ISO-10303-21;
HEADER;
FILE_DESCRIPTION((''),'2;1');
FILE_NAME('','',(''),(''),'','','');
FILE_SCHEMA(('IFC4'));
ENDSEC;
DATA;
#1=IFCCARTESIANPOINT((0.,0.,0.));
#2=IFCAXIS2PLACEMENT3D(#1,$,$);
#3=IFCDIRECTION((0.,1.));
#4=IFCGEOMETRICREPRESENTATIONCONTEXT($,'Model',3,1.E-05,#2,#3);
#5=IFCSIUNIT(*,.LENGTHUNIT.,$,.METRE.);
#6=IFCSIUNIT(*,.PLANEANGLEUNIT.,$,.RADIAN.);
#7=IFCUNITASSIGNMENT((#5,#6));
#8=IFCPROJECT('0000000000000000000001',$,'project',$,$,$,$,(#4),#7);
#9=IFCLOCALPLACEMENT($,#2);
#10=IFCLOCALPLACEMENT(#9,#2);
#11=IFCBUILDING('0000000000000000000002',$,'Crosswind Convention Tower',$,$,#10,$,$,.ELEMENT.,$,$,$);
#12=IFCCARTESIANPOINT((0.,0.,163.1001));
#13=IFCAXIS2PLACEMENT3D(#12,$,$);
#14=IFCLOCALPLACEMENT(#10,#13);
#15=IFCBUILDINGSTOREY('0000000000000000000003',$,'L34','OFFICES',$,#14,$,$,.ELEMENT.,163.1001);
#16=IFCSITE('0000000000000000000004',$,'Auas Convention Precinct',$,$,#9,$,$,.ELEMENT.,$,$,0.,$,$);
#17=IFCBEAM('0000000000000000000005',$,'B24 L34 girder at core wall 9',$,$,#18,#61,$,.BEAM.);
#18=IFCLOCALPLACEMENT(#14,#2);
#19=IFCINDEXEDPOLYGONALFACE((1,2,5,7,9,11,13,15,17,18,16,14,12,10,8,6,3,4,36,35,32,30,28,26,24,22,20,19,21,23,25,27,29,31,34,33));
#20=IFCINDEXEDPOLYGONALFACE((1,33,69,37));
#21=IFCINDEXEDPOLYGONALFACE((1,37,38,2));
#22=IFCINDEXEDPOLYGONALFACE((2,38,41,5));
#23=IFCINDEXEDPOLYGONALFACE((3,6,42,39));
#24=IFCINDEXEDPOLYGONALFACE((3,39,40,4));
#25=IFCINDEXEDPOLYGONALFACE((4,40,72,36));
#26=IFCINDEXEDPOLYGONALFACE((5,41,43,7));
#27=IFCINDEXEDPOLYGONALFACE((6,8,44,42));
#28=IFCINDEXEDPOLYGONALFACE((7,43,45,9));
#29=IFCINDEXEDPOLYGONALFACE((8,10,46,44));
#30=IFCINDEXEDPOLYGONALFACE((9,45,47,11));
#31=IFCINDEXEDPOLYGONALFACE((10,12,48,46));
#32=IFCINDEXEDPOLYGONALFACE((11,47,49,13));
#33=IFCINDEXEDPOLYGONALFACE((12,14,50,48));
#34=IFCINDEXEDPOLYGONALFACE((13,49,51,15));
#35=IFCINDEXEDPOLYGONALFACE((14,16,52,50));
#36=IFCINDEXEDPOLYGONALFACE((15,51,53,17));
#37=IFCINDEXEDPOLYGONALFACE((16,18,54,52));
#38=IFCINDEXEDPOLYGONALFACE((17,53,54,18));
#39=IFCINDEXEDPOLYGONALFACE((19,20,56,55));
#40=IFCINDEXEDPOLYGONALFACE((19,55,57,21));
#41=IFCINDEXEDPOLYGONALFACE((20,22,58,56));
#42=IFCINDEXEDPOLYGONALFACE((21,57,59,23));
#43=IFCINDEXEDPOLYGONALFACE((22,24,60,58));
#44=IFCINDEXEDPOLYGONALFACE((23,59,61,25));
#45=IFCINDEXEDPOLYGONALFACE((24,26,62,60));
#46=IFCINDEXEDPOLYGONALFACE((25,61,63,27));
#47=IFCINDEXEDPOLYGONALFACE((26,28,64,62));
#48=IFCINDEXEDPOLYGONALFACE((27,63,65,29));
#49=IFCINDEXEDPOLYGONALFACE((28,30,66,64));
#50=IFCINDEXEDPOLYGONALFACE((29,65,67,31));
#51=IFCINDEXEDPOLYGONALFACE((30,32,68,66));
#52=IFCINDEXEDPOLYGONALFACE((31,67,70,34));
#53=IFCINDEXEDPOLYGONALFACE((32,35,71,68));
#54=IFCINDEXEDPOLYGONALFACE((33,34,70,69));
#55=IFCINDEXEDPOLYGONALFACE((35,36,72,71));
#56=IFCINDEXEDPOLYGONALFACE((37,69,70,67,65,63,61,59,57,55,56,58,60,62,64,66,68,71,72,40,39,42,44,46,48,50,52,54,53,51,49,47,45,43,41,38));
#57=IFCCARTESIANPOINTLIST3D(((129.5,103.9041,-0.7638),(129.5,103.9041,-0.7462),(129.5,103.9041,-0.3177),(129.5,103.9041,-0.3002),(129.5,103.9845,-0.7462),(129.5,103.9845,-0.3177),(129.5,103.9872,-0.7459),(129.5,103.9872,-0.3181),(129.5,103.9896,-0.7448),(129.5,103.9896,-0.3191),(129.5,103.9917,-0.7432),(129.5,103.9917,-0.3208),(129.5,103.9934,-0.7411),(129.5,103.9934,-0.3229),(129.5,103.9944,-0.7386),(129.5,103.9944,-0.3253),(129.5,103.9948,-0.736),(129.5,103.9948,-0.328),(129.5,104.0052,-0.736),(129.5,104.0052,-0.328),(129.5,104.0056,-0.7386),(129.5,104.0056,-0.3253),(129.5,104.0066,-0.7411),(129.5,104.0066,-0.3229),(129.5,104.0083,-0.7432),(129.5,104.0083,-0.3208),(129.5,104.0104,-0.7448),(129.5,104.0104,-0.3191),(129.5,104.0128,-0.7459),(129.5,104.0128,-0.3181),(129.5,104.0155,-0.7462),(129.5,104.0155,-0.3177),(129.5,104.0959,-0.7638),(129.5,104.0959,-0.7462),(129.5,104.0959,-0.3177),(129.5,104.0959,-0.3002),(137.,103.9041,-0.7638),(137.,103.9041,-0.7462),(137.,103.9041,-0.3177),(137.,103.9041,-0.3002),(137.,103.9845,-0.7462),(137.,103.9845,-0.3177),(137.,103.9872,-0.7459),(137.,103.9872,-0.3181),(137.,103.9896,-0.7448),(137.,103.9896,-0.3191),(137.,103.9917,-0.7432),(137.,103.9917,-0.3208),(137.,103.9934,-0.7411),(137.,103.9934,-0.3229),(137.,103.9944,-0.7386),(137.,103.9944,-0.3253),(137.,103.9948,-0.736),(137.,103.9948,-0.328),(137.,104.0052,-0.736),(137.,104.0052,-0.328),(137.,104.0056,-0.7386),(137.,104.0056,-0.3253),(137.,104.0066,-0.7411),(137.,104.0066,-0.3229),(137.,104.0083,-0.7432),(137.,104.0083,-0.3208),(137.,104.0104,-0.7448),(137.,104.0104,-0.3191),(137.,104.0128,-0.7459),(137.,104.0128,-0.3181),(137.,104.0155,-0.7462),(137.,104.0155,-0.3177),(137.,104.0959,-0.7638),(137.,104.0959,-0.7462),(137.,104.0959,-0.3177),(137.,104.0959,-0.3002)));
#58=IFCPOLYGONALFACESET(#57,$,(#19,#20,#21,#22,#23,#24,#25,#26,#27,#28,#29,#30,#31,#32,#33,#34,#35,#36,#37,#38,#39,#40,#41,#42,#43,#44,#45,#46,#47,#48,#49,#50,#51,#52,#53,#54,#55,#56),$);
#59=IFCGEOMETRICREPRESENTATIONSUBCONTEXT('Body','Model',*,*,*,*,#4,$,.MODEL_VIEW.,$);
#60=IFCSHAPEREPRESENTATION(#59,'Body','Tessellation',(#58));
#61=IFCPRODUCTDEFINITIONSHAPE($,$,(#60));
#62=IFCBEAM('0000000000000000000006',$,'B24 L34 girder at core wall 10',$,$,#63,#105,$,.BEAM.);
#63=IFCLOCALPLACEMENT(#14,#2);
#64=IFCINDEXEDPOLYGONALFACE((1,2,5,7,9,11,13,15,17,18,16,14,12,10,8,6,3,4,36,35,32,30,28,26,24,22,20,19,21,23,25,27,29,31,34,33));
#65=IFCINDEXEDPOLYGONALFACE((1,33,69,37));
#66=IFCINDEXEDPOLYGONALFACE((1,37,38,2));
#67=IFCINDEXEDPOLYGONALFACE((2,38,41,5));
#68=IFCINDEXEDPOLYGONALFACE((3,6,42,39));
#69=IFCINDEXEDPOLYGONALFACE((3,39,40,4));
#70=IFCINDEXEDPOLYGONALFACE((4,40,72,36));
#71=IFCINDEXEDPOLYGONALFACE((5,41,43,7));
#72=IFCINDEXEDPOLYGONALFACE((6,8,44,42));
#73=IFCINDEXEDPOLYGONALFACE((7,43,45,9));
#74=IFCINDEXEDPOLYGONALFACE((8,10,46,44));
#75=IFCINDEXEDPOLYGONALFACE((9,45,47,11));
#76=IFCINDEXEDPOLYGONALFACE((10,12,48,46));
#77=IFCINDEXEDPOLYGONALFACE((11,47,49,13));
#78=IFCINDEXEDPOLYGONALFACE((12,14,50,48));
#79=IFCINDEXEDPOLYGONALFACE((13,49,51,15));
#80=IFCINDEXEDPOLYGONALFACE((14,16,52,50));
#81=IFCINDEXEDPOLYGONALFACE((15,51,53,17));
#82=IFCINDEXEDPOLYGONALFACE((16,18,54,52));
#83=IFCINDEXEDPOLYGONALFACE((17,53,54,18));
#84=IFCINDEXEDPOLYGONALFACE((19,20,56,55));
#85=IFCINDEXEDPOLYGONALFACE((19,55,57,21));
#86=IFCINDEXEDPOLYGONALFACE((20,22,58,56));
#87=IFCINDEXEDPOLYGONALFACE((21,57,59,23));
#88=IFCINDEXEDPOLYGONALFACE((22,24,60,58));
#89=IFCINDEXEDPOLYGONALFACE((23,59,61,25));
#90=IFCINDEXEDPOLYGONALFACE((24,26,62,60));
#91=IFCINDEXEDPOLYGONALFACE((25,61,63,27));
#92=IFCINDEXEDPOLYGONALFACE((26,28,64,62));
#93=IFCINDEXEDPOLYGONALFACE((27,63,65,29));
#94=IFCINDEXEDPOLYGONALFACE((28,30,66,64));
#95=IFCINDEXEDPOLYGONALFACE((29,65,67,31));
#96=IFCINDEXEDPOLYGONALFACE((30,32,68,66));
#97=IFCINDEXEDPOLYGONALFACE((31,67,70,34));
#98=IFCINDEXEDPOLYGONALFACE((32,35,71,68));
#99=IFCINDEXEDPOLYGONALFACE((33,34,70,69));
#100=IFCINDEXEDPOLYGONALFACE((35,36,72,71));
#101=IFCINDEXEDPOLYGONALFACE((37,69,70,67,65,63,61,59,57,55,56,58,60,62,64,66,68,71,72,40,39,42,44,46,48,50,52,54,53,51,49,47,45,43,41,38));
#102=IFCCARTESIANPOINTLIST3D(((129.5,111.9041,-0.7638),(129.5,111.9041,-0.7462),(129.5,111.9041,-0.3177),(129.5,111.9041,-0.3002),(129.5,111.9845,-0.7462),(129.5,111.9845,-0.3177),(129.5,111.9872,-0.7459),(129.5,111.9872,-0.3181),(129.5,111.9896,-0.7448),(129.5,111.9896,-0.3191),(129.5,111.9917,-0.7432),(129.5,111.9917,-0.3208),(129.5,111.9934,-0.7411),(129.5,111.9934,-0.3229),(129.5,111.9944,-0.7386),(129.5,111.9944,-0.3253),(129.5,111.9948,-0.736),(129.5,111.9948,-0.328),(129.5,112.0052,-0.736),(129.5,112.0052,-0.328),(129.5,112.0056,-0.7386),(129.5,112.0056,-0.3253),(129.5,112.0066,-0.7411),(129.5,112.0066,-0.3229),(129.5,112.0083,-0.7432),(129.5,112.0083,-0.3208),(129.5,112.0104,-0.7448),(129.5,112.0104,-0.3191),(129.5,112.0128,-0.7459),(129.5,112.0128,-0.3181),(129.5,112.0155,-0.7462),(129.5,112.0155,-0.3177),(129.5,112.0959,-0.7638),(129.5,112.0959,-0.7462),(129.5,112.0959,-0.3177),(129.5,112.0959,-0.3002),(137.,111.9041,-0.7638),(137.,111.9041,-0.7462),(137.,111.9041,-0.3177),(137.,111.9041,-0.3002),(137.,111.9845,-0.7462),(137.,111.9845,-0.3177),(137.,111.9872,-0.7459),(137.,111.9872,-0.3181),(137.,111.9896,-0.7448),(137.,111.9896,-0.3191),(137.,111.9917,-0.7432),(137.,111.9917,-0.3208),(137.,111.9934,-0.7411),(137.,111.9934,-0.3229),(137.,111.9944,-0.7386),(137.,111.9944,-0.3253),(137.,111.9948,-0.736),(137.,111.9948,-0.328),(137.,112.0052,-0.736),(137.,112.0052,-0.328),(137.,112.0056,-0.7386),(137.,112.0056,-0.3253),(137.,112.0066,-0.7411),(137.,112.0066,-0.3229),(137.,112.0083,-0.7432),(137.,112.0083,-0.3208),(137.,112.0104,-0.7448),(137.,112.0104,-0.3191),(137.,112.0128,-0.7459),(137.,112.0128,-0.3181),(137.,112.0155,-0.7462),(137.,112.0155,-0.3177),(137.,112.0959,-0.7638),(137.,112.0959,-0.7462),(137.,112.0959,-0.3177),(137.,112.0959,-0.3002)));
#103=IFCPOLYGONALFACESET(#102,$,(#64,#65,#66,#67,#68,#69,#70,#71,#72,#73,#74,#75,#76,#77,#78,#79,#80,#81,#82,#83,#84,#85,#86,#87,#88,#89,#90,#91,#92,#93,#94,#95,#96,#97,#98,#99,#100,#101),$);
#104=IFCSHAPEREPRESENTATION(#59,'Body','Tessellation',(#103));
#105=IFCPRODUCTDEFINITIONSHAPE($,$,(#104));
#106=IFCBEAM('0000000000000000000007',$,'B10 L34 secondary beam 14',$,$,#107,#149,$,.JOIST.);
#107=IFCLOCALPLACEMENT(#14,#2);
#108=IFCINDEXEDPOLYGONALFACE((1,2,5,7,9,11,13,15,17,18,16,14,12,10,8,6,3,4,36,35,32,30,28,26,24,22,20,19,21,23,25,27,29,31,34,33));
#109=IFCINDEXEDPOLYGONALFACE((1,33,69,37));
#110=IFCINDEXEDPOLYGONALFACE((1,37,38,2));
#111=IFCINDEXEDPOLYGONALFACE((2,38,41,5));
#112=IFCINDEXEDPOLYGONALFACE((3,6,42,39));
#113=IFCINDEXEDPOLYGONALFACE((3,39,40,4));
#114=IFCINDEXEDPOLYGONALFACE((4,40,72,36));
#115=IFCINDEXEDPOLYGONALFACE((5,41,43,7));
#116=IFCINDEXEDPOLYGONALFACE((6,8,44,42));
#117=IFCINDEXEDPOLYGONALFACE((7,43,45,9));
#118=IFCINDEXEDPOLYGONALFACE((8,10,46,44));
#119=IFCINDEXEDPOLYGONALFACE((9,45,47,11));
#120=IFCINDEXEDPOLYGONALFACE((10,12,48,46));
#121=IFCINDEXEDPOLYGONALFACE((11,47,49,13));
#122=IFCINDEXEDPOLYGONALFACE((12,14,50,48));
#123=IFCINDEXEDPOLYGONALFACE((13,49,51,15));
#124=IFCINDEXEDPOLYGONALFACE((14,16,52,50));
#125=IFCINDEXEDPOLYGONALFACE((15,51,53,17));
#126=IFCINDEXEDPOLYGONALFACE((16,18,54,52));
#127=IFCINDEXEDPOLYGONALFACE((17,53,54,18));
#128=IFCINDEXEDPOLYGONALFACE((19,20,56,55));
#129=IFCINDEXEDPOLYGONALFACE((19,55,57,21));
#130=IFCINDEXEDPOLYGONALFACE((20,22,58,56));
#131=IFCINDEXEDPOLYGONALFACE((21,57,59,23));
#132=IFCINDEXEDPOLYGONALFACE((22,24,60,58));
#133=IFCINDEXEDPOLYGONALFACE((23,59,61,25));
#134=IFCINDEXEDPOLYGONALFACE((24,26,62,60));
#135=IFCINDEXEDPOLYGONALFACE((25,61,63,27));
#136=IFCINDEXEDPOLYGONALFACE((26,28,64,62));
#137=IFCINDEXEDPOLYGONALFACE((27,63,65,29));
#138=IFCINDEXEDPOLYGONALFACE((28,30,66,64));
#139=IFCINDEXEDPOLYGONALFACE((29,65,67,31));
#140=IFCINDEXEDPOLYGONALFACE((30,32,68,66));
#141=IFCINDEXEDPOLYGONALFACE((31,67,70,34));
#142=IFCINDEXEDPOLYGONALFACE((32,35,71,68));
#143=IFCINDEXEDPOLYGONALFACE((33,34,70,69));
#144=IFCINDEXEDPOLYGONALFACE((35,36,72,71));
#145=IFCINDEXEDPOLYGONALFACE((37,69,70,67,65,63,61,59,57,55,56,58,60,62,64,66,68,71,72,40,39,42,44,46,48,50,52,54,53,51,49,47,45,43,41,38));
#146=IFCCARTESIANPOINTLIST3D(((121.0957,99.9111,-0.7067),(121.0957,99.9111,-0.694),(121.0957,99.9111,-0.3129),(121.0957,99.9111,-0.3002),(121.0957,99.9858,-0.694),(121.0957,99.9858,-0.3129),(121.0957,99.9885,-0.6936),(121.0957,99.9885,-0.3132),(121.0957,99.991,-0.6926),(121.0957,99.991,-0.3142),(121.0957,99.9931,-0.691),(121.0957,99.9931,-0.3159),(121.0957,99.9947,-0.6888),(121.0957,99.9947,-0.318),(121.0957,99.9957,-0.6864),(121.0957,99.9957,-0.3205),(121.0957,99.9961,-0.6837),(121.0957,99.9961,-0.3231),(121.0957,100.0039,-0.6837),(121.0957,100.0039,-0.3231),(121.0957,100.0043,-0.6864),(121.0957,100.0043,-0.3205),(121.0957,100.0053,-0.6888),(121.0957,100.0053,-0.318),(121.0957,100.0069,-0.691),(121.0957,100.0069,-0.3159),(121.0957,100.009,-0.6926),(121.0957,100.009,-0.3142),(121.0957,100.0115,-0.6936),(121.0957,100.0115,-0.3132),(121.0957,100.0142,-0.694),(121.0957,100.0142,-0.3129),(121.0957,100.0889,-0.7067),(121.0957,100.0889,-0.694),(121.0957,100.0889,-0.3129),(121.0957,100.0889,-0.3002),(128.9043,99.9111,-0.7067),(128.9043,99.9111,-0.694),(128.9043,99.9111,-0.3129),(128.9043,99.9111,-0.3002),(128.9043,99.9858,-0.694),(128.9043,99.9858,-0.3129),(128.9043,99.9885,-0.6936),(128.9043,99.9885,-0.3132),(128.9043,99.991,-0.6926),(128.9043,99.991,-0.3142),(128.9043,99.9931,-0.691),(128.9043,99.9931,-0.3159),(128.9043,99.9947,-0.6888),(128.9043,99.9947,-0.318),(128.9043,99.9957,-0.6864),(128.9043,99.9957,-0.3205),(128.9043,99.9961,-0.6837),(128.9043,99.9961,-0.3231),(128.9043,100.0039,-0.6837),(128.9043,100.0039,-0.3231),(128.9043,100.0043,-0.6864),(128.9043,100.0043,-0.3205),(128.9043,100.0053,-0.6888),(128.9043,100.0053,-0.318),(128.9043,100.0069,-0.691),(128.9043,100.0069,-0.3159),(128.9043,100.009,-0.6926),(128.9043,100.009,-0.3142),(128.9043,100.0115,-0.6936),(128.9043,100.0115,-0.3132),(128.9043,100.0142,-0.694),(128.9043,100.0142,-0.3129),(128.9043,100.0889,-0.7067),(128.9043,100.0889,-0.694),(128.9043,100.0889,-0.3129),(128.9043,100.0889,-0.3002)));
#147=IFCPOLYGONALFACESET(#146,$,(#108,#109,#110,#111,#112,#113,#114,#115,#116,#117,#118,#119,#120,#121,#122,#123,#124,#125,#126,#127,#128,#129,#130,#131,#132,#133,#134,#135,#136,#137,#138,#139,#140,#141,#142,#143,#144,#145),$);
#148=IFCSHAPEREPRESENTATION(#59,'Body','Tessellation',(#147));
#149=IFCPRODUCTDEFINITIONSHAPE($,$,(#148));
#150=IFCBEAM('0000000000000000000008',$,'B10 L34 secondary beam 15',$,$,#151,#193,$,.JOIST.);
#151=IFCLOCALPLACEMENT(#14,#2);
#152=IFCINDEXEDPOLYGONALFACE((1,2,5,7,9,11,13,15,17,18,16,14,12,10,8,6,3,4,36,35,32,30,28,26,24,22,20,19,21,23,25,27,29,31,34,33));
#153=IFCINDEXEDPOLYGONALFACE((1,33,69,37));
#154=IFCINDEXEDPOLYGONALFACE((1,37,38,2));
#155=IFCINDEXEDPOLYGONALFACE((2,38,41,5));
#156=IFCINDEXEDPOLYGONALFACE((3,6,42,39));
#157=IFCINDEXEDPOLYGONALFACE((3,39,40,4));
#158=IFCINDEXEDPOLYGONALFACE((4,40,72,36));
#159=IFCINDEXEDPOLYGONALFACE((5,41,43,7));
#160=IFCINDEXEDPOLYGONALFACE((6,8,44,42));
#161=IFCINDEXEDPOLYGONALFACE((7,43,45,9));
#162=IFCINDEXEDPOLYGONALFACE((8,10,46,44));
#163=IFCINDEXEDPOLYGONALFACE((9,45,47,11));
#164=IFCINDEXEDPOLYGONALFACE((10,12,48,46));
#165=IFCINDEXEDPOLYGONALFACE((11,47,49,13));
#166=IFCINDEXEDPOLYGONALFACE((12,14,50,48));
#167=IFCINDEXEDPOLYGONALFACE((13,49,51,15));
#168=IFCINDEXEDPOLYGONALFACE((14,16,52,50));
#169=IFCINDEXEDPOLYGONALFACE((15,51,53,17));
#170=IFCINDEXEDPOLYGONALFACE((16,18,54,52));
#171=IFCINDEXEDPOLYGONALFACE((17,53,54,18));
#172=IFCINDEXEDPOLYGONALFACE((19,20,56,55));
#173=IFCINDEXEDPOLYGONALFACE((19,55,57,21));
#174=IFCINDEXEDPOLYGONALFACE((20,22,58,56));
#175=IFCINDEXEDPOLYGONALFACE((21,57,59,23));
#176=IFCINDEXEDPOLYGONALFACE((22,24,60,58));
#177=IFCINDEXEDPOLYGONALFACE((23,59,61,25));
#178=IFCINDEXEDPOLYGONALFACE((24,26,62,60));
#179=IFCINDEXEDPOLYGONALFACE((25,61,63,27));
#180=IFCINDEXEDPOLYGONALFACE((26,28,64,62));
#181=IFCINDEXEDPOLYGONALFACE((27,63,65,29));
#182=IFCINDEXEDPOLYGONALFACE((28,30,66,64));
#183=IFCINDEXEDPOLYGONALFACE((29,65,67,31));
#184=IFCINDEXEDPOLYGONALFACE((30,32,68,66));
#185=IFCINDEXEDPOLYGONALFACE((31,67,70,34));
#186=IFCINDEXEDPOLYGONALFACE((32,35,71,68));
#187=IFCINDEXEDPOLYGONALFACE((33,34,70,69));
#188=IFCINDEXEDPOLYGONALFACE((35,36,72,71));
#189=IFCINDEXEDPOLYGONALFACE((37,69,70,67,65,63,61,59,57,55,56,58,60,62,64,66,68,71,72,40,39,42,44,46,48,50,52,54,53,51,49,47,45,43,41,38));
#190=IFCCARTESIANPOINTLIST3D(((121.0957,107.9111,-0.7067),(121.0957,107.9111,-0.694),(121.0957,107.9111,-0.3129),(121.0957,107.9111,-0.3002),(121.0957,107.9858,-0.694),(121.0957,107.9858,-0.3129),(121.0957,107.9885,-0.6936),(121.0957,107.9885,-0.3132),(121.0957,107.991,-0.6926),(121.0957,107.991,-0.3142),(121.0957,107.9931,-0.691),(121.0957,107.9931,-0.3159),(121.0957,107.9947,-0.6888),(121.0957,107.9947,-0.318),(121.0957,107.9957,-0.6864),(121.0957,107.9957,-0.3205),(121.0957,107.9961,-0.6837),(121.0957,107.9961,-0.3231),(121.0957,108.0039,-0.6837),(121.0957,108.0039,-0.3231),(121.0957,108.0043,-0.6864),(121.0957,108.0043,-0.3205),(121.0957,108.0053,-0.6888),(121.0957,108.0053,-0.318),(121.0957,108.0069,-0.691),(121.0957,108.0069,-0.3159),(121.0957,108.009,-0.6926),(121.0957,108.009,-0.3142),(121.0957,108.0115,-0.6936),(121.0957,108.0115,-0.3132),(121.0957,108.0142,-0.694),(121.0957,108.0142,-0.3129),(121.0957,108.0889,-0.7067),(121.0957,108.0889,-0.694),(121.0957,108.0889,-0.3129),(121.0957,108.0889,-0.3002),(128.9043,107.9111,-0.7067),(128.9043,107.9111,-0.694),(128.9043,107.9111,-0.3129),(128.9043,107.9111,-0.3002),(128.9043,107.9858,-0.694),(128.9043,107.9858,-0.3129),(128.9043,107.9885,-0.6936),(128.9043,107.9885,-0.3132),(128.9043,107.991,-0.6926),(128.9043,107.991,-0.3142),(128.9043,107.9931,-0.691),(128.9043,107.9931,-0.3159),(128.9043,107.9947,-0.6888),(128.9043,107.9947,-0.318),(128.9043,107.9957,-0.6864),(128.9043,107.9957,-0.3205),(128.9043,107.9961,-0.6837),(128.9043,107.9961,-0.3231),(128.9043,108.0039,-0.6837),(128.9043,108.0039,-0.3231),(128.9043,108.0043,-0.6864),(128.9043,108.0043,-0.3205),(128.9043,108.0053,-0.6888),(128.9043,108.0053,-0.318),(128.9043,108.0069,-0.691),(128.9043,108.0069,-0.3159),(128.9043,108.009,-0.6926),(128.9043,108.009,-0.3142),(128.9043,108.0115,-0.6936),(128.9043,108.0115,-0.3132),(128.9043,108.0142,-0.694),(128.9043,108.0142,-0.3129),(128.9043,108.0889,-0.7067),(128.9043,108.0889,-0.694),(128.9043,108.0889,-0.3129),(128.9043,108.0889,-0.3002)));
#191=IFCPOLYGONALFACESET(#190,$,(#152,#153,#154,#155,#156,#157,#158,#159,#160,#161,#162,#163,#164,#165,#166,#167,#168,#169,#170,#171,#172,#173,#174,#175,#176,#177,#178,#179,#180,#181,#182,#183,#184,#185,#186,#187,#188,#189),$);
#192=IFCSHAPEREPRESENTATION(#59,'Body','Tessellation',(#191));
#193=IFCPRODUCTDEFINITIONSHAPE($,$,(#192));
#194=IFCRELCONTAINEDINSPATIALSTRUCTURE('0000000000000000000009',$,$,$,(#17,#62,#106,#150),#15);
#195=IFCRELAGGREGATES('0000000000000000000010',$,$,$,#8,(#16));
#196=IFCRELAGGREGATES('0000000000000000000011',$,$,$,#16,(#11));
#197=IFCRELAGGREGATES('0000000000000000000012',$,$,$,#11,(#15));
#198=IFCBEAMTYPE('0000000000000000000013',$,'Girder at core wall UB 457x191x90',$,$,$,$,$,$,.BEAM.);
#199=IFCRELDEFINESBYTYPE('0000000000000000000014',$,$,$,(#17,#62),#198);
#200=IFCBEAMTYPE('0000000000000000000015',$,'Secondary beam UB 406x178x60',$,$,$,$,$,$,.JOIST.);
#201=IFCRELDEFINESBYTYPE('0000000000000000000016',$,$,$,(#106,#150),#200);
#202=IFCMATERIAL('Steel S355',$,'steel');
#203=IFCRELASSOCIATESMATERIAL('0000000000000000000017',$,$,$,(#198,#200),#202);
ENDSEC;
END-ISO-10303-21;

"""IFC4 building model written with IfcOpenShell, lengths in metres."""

from ifc_helpers import new_model, si_unit, direction, frame, origin, origin_2d, place, context, subcontext, project, spatial, i_section, extrude, material, material_profile, profile_set, type_object, element, save


model = new_model("IFC4")

# Units and contexts
model_context = context("Model", 3, precision=1e-05, world=origin(), true_north=direction((0.0, 1.0)))
body_context = subcontext(model_context, "Body", "Model", "MODEL_VIEW")
ifc_project = project(units=[si_unit("LENGTHUNIT", "METRE"), si_unit("PLANEANGLEUNIT", "RADIAN")], contexts=[model_context])

# Site, building, storey
site_placement = place(None, origin())
site = spatial("IfcSite", under=ifc_project, at=site_placement, Name="Auas Convention Precinct", CompositionType="ELEMENT", RefElevation=0.0)
building_placement = place(site_placement, origin())
building = spatial("IfcBuilding", under=site, at=building_placement, Name="Crosswind Convention Tower", CompositionType="ELEMENT")
storey_placement = place(building_placement, frame((0.0, 0.0, 163.1001)))
storey = spatial("IfcBuildingStorey", under=building, at=storey_placement, Name="L34", Description="OFFICES", CompositionType="ELEMENT", Elevation=163.1001)

# Beams
ifc_material_1 = material(Name="Steel S355", Category="steel")
ifc_material_profile_1 = material_profile(ifc_material_1, i_section(OverallWidth=0.1919, OverallDepth=0.4636, WebThickness=0.0105, FlangeThickness=0.0176, FilletRadius=0.0103, at=origin_2d()), Name="UB 457x191x90")
ifc_profile_set_1 = profile_set([ifc_material_profile_1], Name="Steel S355")
beam_type_1 = type_object("IfcBeamType", Name="Girder at core wall UB 457x191x90", PredefinedType="BEAM", material=ifc_profile_set_1)
for number, where, z_axis, x_axis, name in (
    (1, (129.5, 104.0, -0.532), (1.0, 0.0, 0.0), (0.0, 1.0, 0.0), "B24 L34 girder at core wall 9"),
    (2, (129.5, 112.0, -0.532), (1.0, 0.0, 0.0), (0.0, 1.0, 0.0), "B24 L34 girder at core wall 10"),
):
    element("IfcBeam", number, at=place(storey_placement, frame(where, z_axis=z_axis, x_axis=x_axis)), inside=storey, type_object=beam_type_1, Name=name, PredefinedType="BEAM", context=body_context, shape_type="SweptSolid", body=[
        extrude(i_section(OverallWidth=0.1919, OverallDepth=0.4636, WebThickness=0.0105, FlangeThickness=0.0176, FilletRadius=0.0103, at=origin_2d()), origin(), (0.0, 0.0, 1.0), 7.5),
    ])
ifc_material_profile_2 = material_profile(ifc_material_1, i_section(OverallWidth=0.1777, OverallDepth=0.4065, WebThickness=0.0078, FlangeThickness=0.0127, FilletRadius=0.0103, at=origin_2d()), Name="UB 406x178x60")
ifc_profile_set_2 = profile_set([ifc_material_profile_2], Name="Steel S355")
beam_type_2 = type_object("IfcBeamType", Name="Secondary beam UB 406x178x60", PredefinedType="JOIST", material=ifc_profile_set_2)
for number, where, z_axis, x_axis, name in (
    (3, (121.0957, 100.0, -0.5034), (1.0, 0.0, 0.0), (0.0, 1.0, 0.0), "B10 L34 secondary beam 14"),
    (4, (121.0957, 108.0, -0.5034), (1.0, 0.0, 0.0), (0.0, 1.0, 0.0), "B10 L34 secondary beam 15"),
):
    element("IfcBeam", number, at=place(storey_placement, frame(where, z_axis=z_axis, x_axis=x_axis)), inside=storey, type_object=beam_type_2, Name=name, PredefinedType="JOIST", context=body_context, shape_type="SweptSolid", body=[
        extrude(i_section(OverallWidth=0.1777, OverallDepth=0.4065, WebThickness=0.0078, FlangeThickness=0.0127, FilletRadius=0.0103, at=origin_2d()), origin(), (0.0, 0.0, 1.0), 7.8086),
    ])

save(model, "model.ifc")
